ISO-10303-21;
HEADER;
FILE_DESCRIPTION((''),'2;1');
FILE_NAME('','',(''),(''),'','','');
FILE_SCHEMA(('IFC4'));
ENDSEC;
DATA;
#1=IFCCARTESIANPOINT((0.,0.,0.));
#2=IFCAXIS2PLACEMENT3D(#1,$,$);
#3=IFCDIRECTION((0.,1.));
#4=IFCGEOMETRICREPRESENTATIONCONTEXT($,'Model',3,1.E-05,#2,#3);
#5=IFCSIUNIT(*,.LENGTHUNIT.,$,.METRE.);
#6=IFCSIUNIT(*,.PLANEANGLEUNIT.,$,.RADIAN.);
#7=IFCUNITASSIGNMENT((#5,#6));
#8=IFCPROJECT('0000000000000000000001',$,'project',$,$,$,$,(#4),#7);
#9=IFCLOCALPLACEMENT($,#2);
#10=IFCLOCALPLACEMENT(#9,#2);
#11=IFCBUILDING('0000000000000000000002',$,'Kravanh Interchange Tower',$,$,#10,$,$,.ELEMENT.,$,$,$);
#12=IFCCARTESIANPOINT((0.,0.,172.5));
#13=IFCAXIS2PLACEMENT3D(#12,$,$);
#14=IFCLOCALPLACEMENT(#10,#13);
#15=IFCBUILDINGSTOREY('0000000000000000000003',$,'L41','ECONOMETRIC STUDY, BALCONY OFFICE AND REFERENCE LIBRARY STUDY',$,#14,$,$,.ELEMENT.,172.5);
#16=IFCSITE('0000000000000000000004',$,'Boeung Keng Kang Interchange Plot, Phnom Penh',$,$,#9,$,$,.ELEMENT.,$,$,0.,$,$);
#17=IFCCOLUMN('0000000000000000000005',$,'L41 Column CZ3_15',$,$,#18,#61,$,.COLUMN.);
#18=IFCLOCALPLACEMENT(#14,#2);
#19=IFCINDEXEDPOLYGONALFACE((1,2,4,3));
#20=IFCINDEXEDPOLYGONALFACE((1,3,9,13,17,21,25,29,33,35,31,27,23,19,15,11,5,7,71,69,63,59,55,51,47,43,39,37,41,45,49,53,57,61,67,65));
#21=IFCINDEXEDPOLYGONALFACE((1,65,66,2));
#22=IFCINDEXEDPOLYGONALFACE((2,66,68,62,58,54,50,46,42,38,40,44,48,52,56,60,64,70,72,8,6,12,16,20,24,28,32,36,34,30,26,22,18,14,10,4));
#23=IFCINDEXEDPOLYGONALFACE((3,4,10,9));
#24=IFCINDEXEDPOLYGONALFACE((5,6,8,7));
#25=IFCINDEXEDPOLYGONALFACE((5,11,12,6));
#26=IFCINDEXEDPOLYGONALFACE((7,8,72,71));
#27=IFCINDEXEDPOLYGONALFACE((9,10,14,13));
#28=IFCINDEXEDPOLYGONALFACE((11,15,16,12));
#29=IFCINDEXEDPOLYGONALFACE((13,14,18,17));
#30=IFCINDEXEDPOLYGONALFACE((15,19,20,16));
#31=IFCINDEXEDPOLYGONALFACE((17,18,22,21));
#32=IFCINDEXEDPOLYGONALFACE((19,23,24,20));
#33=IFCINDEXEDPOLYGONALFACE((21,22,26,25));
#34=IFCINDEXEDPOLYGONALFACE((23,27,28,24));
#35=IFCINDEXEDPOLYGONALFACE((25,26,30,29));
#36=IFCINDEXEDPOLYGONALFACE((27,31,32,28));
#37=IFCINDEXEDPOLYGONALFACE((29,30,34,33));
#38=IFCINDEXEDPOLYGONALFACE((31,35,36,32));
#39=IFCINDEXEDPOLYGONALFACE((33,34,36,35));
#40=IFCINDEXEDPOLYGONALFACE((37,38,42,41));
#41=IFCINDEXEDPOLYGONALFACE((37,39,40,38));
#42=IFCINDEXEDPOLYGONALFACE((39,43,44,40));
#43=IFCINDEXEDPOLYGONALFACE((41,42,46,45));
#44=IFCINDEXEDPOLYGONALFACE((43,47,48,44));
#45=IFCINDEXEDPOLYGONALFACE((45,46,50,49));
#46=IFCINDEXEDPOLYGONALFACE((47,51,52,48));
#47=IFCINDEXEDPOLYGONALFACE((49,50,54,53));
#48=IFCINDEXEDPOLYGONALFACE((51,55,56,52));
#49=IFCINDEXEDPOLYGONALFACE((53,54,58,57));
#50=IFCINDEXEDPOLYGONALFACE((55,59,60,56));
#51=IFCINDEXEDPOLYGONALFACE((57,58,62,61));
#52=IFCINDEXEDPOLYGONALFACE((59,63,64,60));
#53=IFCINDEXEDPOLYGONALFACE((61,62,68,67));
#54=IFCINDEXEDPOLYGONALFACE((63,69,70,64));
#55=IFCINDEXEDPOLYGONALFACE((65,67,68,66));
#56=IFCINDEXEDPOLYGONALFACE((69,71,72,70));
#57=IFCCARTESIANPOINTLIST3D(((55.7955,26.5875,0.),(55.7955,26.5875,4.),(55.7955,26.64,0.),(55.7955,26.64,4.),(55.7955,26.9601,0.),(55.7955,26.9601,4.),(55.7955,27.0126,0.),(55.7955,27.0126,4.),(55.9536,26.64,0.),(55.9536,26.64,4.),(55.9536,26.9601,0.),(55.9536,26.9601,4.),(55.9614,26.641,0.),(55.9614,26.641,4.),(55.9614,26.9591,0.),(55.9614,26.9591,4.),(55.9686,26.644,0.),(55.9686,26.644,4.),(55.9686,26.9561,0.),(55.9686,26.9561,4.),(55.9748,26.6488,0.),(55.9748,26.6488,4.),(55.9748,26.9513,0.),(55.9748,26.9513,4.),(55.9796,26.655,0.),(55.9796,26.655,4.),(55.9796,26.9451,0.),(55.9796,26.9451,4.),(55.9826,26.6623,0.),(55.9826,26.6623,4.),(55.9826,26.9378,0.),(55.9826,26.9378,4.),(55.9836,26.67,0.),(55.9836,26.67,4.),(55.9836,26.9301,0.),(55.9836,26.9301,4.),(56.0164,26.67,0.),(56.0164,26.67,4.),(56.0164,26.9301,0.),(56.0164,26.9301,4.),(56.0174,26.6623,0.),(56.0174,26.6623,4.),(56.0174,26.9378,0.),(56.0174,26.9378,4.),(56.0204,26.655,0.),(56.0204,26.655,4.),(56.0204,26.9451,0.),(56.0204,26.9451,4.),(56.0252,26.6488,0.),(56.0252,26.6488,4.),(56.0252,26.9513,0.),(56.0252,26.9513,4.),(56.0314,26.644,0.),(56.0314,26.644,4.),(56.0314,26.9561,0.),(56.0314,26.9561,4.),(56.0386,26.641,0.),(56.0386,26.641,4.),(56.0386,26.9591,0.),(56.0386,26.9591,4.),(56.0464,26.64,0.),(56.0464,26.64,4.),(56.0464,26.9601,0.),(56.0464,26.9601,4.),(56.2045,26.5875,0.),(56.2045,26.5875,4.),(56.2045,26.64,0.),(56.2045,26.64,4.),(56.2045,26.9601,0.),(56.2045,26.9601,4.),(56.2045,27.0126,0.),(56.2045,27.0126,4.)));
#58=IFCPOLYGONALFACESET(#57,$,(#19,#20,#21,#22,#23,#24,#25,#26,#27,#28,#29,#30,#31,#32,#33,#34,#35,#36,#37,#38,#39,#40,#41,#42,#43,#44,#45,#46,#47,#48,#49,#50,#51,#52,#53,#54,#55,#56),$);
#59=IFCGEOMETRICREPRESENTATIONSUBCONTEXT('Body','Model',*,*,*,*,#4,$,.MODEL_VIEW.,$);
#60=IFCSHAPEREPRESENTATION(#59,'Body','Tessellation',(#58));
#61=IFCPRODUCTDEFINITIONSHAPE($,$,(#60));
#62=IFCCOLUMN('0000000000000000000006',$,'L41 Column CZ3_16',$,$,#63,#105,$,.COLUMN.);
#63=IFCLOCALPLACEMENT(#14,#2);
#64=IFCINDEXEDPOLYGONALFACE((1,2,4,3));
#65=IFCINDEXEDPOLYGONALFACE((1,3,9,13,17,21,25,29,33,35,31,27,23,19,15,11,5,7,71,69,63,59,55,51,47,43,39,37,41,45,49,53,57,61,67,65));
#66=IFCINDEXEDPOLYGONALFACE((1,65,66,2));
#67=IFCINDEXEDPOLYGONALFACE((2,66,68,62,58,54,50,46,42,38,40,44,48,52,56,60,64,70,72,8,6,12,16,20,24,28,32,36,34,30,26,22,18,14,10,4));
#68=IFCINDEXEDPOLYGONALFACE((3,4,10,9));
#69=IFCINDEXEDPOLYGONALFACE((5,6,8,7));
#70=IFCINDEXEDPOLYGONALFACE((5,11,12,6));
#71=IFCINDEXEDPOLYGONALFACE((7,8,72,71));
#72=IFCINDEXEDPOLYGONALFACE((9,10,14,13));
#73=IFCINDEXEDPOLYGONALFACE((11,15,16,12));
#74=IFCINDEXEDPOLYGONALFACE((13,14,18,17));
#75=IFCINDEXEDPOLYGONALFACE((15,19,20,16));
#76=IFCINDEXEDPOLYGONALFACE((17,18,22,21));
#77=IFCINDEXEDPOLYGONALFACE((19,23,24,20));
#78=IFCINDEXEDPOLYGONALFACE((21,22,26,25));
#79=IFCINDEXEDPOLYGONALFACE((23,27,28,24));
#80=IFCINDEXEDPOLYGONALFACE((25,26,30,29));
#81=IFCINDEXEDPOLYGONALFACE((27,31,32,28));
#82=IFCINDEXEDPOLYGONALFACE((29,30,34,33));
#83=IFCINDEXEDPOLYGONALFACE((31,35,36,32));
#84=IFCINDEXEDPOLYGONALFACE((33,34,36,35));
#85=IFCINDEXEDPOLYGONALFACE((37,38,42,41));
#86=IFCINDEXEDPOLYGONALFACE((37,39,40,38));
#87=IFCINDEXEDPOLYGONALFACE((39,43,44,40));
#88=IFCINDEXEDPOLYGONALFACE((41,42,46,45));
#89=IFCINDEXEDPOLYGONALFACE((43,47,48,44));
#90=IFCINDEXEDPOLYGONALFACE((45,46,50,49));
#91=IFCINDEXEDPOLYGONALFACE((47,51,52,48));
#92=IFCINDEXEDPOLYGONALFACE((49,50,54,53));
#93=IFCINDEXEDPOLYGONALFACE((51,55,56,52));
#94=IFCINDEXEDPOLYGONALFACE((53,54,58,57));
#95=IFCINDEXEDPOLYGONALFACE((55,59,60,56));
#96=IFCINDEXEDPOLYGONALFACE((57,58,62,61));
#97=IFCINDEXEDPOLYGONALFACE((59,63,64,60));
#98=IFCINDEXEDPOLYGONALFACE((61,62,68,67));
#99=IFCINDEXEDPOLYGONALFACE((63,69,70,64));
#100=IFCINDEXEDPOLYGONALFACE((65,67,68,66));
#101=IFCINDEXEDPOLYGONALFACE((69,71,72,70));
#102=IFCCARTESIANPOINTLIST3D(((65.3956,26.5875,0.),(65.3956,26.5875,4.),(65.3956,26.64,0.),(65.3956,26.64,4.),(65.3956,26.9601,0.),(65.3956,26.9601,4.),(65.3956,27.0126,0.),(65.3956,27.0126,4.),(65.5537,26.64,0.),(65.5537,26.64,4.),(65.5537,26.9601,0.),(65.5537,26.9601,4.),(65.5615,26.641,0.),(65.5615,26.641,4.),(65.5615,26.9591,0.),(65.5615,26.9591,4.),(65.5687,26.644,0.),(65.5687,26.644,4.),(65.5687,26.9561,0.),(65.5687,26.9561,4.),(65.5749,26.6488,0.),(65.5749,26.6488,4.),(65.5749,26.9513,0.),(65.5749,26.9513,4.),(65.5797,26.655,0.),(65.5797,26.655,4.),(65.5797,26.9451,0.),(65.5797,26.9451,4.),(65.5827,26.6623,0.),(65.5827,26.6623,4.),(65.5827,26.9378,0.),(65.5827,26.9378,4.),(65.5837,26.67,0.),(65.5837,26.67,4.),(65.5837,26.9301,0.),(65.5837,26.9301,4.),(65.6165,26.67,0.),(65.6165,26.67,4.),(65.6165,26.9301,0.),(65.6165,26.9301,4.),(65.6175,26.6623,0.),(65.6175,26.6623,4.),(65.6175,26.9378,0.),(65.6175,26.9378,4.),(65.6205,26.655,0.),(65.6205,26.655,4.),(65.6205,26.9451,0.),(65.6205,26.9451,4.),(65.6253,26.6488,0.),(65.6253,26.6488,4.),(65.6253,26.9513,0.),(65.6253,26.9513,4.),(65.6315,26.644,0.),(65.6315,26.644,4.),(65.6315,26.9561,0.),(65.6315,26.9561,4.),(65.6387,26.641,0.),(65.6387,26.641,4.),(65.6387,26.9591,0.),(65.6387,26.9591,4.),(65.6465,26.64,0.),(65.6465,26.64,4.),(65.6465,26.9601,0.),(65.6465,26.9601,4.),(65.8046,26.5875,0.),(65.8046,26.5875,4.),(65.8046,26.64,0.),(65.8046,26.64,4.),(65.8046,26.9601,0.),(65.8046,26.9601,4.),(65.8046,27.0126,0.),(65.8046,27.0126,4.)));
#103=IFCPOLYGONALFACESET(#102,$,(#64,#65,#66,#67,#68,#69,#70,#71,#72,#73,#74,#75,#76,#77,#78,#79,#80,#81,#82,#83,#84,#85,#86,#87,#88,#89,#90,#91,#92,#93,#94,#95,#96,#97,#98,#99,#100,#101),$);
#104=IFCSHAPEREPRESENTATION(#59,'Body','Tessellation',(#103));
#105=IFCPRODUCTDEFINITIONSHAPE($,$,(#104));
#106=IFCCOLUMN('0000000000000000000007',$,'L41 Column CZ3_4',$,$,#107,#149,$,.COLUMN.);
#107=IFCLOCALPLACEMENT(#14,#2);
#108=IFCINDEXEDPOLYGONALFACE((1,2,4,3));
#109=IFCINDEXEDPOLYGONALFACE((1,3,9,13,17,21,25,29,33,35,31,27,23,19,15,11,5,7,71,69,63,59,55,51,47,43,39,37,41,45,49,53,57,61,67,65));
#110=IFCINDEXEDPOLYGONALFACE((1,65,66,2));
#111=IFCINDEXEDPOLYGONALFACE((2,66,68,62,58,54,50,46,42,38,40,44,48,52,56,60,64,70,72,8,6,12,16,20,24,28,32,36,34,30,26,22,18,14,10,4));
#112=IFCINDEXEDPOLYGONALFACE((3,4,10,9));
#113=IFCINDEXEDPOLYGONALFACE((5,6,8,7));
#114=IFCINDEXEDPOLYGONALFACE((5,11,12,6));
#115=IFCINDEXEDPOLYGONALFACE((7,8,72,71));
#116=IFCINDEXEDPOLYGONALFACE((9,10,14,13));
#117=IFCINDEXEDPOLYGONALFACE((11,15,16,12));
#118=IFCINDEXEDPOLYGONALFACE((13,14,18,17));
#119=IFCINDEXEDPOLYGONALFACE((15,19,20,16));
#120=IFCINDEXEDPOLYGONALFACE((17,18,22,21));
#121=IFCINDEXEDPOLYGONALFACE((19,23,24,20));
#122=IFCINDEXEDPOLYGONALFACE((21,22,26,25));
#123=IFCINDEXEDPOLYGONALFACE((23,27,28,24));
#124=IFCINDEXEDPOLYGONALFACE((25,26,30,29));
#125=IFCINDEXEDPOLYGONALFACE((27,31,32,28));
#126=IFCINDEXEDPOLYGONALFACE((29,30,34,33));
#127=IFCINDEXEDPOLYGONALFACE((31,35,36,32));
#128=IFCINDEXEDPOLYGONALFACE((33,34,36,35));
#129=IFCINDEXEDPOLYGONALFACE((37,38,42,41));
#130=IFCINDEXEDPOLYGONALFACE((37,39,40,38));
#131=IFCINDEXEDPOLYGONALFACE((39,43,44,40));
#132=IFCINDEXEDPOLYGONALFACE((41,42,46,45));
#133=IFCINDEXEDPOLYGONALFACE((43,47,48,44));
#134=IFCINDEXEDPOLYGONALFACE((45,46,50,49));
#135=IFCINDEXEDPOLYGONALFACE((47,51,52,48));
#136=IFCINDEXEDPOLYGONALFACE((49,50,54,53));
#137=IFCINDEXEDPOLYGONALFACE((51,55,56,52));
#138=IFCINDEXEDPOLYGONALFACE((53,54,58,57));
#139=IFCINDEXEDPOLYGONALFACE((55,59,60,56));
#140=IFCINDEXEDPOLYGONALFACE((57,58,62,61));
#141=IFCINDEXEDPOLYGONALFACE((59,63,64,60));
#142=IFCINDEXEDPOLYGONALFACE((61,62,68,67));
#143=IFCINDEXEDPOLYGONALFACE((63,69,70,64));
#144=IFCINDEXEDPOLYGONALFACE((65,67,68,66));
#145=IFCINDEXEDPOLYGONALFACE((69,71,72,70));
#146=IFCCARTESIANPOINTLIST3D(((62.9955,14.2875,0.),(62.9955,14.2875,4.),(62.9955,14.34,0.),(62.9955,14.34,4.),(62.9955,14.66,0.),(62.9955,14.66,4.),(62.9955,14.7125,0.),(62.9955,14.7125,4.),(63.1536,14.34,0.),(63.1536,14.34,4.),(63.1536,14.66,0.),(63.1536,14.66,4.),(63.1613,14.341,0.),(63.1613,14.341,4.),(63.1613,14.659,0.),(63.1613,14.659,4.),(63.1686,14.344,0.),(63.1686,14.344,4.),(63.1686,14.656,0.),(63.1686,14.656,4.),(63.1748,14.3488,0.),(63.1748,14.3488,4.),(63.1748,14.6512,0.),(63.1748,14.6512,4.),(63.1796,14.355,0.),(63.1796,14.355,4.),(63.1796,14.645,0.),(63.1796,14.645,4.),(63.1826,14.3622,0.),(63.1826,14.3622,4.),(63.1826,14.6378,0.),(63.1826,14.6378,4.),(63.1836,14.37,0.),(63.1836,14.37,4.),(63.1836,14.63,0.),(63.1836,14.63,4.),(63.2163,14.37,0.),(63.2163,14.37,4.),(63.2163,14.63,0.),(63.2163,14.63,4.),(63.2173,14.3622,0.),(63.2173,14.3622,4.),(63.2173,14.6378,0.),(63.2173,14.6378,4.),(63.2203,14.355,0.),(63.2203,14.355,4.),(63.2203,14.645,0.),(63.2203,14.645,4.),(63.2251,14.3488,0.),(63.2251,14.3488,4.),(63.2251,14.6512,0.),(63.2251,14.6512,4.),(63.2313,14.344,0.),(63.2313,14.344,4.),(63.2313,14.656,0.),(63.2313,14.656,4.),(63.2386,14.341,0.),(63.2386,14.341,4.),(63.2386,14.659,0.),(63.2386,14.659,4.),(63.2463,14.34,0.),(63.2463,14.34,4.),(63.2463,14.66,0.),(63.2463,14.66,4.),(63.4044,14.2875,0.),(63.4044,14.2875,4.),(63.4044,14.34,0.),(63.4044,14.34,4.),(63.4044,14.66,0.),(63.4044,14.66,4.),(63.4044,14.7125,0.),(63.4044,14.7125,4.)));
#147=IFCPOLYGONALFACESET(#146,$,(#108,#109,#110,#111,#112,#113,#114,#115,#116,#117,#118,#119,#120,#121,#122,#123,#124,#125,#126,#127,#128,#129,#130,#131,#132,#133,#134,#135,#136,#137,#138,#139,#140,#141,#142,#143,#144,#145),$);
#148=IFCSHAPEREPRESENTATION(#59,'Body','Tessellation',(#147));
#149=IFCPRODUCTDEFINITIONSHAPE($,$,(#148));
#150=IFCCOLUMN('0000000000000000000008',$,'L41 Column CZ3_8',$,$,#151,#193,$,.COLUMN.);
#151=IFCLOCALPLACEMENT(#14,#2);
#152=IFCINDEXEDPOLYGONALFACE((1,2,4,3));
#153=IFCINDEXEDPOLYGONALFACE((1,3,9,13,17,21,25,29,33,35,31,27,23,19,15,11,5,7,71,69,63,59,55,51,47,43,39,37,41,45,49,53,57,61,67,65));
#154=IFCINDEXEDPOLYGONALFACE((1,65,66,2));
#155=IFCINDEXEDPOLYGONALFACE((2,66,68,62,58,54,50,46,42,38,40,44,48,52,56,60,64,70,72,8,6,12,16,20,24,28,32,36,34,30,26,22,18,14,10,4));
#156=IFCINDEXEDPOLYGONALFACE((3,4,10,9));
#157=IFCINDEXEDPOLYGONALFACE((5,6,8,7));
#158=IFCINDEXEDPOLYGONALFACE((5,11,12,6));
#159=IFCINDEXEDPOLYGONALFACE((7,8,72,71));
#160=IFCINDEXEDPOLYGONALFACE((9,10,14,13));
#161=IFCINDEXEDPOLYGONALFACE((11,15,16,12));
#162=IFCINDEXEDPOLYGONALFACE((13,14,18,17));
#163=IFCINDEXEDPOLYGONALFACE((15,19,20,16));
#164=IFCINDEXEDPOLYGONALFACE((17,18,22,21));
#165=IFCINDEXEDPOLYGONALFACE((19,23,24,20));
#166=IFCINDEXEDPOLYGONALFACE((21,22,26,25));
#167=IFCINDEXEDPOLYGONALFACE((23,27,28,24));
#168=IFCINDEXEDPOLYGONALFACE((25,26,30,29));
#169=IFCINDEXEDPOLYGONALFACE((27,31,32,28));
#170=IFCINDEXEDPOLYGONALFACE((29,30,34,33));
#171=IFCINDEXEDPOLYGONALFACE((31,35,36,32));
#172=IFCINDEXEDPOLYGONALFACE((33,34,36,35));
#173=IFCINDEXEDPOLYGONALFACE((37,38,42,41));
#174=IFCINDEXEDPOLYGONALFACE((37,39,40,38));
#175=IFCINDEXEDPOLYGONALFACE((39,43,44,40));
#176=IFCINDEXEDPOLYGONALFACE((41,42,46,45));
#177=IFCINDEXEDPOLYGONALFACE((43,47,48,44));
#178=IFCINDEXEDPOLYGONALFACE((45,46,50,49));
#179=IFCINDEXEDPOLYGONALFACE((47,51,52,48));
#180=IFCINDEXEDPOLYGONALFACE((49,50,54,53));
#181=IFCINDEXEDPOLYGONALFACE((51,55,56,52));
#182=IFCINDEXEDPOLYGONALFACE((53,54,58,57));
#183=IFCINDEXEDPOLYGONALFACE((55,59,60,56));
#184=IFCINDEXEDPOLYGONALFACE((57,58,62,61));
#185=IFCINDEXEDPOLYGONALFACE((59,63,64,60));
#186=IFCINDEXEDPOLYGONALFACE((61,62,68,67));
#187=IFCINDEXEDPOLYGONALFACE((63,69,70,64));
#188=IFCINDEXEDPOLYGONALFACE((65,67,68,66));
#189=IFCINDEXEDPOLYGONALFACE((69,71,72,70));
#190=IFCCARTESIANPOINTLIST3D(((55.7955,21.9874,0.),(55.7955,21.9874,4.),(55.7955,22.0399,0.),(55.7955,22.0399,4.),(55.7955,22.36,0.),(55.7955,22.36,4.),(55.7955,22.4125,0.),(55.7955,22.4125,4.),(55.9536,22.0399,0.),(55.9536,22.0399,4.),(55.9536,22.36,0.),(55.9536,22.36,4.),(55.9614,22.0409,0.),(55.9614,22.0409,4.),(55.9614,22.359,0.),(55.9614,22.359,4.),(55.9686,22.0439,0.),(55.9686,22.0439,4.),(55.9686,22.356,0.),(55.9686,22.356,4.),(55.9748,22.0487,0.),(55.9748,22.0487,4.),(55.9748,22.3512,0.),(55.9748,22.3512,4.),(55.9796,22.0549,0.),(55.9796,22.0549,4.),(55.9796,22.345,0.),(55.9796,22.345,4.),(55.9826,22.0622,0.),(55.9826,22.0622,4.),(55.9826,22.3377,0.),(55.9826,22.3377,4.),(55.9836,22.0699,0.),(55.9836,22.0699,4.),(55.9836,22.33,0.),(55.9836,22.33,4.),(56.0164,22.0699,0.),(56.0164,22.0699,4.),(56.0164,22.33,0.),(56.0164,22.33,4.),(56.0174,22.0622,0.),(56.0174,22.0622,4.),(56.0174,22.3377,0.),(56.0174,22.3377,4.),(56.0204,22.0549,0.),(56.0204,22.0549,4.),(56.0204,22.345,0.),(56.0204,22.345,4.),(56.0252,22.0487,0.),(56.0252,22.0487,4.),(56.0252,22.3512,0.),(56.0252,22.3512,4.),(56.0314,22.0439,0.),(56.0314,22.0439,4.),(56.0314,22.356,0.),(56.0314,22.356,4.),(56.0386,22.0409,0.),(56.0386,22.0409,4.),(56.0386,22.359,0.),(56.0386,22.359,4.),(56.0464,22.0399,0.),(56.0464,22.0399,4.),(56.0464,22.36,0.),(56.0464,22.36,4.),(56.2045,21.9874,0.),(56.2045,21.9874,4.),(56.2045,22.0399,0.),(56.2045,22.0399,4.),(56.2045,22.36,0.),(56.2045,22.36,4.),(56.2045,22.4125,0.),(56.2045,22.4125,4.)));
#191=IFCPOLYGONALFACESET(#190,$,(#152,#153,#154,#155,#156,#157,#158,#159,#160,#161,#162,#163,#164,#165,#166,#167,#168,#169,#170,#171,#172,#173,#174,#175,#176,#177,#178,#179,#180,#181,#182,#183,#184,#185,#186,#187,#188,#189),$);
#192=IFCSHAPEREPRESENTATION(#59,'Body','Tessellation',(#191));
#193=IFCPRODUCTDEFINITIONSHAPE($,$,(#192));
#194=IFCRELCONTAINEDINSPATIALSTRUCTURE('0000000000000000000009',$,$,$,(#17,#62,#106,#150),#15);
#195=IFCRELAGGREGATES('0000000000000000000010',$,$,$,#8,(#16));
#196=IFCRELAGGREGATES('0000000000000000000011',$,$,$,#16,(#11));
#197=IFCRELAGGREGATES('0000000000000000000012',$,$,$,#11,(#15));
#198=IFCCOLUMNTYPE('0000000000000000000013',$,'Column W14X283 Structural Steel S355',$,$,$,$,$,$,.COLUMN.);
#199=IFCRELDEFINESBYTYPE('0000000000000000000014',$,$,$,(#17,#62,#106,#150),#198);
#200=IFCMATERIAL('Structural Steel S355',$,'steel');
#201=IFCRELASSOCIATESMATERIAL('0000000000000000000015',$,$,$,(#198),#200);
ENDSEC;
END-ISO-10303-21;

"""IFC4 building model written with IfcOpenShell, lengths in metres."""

from ifc_helpers import new_model, si_unit, direction, frame, origin, origin_2d, place, context, subcontext, project, spatial, i_section, extrude, material, material_profile, profile_set, type_object, element, save


model = new_model("IFC4")

# Units and contexts
model_context = context("Model", 3, precision=1e-05, world=origin(), true_north=direction((0.0, 1.0)))
body_context = subcontext(model_context, "Body", "Model", "MODEL_VIEW")
ifc_project = project(units=[si_unit("LENGTHUNIT", "METRE"), si_unit("PLANEANGLEUNIT", "RADIAN")], contexts=[model_context])

# Site, building, storey
site_placement = place(None, origin())
site = spatial("IfcSite", under=ifc_project, at=site_placement, Name="Boeung Keng Kang Interchange Plot, Phnom Penh", CompositionType="ELEMENT", RefElevation=0.0)
building_placement = place(site_placement, origin())
building = spatial("IfcBuilding", under=site, at=building_placement, Name="Kravanh Interchange Tower", CompositionType="ELEMENT")
storey_placement = place(building_placement, frame((0.0, 0.0, 172.5)))
storey = spatial("IfcBuildingStorey", under=building, at=storey_placement, Name="L41", Description="ECONOMETRIC STUDY, BALCONY OFFICE AND REFERENCE LIBRARY STUDY", CompositionType="ELEMENT", Elevation=172.5)

# Columns
ifc_material_1 = material(Name="Structural Steel S355", Category="steel")
ifc_material_profile_1 = material_profile(ifc_material_1, i_section(OverallWidth=0.4089, OverallDepth=0.425, WebThickness=0.0327, FlangeThickness=0.0525, FilletRadius=0.03, at=origin_2d()), Name="W14X283")
ifc_profile_set_1 = profile_set([ifc_material_profile_1], Name="Structural Steel S355")
column_type = type_object("IfcColumnType", Name="Column W14X283 Structural Steel S355", PredefinedType="COLUMN", material=ifc_profile_set_1)
for number, where, z_axis, x_axis, name in (
    (1, (56.0, 26.8, 0.0), (0.0, 0.0, 1.0), (1.0, 0.0, 0.0), "L41 Column CZ3_15"),
    (2, (65.6001, 26.8, 0.0), (0.0, 0.0, 1.0), (1.0, 0.0, 0.0), "L41 Column CZ3_16"),
    (3, (63.2, 14.5, 0.0), (0.0, 0.0, 1.0), (1.0, 0.0, 0.0), "L41 Column CZ3_4"),
    (4, (56.0, 22.2, 0.0), (0.0, 0.0, 1.0), (1.0, 0.0, 0.0), "L41 Column CZ3_8"),
):
    element("IfcColumn", number, at=place(storey_placement, frame(where, z_axis=z_axis, x_axis=x_axis)), inside=storey, type_object=column_type, Name=name, PredefinedType="COLUMN", context=body_context, shape_type="SweptSolid", body=[
        extrude(i_section(OverallWidth=0.4089, OverallDepth=0.425, WebThickness=0.0327, FlangeThickness=0.0525, FilletRadius=0.03, at=origin_2d()), origin(), (0.0, 0.0, 1.0), 4.0),
    ])

save(model, "model.ifc")
